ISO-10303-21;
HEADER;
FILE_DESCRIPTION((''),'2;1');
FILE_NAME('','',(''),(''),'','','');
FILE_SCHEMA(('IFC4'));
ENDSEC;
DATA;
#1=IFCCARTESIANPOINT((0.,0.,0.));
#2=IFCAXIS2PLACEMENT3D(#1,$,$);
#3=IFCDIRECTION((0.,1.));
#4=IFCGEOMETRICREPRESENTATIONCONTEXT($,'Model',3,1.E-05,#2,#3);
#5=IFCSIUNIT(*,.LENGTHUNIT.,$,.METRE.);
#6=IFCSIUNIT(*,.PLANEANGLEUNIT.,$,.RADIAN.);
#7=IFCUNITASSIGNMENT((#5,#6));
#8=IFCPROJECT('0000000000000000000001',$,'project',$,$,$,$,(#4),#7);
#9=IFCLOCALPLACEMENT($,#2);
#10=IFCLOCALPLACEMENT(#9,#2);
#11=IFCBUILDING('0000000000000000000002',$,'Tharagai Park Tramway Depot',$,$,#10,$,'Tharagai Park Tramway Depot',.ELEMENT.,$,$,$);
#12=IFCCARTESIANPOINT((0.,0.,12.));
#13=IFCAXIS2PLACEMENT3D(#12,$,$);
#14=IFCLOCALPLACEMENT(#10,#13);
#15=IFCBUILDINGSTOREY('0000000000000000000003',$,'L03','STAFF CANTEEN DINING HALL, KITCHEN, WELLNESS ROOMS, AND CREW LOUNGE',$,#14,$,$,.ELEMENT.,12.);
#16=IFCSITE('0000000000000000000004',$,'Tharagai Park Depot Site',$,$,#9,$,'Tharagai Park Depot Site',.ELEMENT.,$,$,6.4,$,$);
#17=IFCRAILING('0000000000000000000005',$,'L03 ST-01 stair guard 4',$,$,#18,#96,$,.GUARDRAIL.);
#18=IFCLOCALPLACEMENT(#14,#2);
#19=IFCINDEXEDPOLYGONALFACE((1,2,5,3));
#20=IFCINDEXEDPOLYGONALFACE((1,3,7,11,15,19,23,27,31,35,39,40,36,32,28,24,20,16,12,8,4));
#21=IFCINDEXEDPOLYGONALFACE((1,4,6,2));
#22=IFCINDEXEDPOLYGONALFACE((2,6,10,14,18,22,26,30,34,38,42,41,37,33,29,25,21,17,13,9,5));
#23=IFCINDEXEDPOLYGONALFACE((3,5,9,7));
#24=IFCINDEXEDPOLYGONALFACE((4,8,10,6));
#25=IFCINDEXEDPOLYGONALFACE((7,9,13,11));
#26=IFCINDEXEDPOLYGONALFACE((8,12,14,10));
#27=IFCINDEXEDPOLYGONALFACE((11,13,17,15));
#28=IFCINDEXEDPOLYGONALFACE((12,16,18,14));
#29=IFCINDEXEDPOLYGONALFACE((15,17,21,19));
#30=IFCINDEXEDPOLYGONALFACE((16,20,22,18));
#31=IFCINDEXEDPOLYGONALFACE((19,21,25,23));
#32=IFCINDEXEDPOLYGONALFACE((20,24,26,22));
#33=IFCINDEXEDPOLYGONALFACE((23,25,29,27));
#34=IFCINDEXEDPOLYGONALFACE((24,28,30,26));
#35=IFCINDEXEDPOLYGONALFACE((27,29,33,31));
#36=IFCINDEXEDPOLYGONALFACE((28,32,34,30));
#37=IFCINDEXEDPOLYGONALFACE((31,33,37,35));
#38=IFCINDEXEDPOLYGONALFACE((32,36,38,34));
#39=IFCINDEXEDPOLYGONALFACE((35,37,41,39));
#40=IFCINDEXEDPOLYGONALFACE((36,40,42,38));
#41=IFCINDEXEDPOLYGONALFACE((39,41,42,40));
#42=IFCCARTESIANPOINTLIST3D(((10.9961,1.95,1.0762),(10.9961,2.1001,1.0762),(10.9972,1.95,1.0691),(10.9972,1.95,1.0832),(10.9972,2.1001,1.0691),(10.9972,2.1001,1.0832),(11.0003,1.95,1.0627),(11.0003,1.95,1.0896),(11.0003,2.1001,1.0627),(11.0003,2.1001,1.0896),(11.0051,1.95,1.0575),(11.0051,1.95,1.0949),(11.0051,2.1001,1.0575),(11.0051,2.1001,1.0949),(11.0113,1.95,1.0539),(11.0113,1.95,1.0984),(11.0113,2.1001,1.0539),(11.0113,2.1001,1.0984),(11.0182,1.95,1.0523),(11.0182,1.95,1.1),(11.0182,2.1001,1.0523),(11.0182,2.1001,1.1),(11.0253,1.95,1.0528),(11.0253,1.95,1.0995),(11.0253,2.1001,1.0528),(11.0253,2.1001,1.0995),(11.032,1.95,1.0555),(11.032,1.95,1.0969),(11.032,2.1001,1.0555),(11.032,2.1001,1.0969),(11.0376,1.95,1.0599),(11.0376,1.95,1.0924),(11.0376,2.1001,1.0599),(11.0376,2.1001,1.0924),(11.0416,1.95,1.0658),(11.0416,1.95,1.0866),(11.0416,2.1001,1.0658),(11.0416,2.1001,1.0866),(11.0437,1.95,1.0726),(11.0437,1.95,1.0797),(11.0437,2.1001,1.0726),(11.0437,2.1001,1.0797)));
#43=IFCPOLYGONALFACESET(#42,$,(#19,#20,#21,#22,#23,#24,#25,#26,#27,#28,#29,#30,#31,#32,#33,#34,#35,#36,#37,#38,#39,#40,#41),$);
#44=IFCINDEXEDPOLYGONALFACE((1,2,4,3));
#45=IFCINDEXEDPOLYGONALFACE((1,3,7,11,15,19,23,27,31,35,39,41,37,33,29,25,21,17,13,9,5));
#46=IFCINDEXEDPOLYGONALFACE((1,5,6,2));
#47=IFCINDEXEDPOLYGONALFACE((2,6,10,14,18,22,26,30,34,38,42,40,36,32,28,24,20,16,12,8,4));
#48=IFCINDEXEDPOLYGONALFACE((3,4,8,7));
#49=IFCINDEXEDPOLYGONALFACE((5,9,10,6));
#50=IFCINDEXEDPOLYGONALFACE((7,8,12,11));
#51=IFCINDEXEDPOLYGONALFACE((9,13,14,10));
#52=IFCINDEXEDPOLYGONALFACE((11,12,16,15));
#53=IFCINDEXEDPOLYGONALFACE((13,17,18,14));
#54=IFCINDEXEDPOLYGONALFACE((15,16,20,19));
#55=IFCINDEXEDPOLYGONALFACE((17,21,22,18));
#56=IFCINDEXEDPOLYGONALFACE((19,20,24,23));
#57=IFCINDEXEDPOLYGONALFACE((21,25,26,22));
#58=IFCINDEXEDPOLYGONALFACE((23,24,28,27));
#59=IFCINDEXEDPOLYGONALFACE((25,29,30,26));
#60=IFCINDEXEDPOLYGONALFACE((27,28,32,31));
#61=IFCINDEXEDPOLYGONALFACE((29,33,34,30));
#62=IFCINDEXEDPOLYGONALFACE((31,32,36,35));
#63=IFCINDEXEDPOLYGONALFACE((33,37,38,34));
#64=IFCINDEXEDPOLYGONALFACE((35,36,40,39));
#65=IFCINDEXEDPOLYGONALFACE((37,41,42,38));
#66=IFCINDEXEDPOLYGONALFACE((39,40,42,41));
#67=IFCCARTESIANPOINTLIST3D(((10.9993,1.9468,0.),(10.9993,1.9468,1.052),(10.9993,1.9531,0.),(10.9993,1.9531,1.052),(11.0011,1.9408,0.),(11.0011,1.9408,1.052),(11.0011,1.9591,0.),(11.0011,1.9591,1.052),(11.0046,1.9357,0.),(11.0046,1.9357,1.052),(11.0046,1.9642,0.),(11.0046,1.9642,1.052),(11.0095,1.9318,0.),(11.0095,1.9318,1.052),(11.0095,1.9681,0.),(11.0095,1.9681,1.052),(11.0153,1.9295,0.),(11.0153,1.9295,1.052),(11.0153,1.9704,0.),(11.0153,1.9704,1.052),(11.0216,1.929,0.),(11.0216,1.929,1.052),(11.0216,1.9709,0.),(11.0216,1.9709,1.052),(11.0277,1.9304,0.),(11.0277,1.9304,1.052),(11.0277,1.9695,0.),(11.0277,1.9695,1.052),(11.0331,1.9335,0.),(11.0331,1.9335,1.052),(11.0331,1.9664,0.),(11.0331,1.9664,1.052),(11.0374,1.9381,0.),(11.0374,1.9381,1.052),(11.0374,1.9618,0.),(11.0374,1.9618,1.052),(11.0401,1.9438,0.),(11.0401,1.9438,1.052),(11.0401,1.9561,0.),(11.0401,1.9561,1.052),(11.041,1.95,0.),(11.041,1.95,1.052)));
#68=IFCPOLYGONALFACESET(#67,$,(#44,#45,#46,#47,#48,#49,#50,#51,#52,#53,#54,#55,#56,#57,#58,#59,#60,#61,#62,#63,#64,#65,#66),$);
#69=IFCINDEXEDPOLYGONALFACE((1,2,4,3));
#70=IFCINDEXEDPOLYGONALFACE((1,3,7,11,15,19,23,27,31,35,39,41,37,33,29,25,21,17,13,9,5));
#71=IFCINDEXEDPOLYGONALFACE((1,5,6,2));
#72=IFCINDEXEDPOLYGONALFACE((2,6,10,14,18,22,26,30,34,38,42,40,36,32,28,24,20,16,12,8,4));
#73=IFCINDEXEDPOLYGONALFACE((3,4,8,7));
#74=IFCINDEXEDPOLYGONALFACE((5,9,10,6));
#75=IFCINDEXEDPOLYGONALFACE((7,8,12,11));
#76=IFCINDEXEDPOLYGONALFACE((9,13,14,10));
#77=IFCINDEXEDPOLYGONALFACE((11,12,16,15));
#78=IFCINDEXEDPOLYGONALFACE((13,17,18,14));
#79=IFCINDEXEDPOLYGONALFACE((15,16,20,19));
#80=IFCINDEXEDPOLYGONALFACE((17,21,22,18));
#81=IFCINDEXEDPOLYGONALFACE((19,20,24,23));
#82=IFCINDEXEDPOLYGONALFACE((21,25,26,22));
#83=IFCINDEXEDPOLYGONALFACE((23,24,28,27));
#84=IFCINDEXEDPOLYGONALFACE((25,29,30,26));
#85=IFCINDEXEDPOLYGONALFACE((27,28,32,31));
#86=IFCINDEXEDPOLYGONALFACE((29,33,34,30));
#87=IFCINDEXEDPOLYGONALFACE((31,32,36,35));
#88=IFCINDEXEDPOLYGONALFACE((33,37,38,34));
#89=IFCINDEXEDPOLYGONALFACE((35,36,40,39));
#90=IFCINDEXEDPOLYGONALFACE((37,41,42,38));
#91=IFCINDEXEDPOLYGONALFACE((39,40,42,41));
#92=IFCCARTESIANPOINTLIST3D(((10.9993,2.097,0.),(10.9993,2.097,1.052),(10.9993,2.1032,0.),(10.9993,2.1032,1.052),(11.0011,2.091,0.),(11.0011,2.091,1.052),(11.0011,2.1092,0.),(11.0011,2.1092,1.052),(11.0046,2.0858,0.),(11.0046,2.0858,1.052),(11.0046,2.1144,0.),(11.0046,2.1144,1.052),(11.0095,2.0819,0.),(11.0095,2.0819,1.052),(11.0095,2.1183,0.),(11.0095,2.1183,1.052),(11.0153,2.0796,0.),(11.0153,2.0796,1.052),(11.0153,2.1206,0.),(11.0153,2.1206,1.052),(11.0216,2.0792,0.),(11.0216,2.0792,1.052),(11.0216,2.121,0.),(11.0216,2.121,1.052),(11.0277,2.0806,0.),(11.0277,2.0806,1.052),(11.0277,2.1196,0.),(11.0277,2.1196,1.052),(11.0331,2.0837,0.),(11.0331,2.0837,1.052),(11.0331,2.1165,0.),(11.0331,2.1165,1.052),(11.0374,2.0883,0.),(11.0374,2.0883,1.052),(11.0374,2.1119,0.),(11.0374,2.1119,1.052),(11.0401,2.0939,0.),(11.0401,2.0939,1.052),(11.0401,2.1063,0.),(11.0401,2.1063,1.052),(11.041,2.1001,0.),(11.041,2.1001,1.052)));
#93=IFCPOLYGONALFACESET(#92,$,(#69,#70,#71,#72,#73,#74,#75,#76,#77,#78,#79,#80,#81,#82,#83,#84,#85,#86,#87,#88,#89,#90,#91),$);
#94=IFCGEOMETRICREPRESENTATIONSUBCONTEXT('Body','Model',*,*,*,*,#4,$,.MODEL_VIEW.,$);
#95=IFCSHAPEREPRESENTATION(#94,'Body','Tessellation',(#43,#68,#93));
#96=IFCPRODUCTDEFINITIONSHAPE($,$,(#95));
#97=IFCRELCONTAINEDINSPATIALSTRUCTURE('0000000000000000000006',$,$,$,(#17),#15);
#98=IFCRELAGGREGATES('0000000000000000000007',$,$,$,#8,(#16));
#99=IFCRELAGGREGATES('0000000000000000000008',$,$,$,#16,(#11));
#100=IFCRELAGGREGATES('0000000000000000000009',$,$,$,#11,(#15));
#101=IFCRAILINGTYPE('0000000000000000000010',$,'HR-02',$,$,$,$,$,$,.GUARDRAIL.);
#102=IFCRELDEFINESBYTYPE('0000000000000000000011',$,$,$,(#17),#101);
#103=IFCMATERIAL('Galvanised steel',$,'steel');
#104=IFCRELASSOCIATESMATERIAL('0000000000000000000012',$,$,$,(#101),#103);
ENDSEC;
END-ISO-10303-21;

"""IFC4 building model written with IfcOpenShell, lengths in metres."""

from ifc_helpers import new_model, si_unit, direction, frame, origin, origin_2d, place, context, subcontext, project, spatial, circle, extrude, material, type_object, element, save


model = new_model("IFC4")

# Units and contexts
model_context = context("Model", 3, precision=1e-05, world=origin(), true_north=direction((0.0, 1.0)))
body_context = subcontext(model_context, "Body", "Model", "MODEL_VIEW")
ifc_project = project(units=[si_unit("LENGTHUNIT", "METRE"), si_unit("PLANEANGLEUNIT", "RADIAN")], contexts=[model_context])

# Site, building, storey
site_placement = place(None, origin())
site = spatial("IfcSite", under=ifc_project, at=site_placement, Name="Tharagai Park Depot Site", LongName="Tharagai Park Depot Site", CompositionType="ELEMENT", RefElevation=6.4)
building_placement = place(site_placement, origin())
building = spatial("IfcBuilding", under=site, at=building_placement, Name="Tharagai Park Tramway Depot", LongName="Tharagai Park Tramway Depot", CompositionType="ELEMENT")
storey_placement = place(building_placement, frame((0.0, 0.0, 12.0)))
storey = spatial("IfcBuildingStorey", under=building, at=storey_placement, Name="L03", Description="STAFF CANTEEN DINING HALL, KITCHEN, WELLNESS ROOMS, AND CREW LOUNGE", CompositionType="ELEMENT", Elevation=12.0)

# Shared definitions
ifc_material_1 = material(Name="Galvanised steel", Category="steel")

# Railing
railing_type_1 = type_object("IfcRailingType", Name="HR-02", PredefinedType="GUARDRAIL", material=ifc_material_1)
railing_1_placement = place(storey_placement, frame((11.02, 1.95, 0.0)))
element("IfcRailing", 1, at=railing_1_placement, inside=storey, type_object=railing_type_1, Name="L03 ST-01 stair guard 4", PredefinedType="GUARDRAIL", context=body_context, shape_type="SweptSolid", body=[
    extrude(circle(Radius=0.0239, at=origin_2d()), frame((0.0, 0.0, 1.0762), z_axis=(0.0, 1.0, 0.0), x_axis=(-1.0, 0.0, 0.0)), (0.0, 0.0, 1.0), 0.1501),
    extrude(circle(Radius=0.021, at=origin_2d()), origin(), (0.0, 0.0, 1.0), 1.052),
    extrude(circle(Radius=0.021, at=origin_2d()), frame((0.0, 0.1501, 0.0)), (0.0, 0.0, 1.0), 1.052),
])

save(model, "model.ifc")
